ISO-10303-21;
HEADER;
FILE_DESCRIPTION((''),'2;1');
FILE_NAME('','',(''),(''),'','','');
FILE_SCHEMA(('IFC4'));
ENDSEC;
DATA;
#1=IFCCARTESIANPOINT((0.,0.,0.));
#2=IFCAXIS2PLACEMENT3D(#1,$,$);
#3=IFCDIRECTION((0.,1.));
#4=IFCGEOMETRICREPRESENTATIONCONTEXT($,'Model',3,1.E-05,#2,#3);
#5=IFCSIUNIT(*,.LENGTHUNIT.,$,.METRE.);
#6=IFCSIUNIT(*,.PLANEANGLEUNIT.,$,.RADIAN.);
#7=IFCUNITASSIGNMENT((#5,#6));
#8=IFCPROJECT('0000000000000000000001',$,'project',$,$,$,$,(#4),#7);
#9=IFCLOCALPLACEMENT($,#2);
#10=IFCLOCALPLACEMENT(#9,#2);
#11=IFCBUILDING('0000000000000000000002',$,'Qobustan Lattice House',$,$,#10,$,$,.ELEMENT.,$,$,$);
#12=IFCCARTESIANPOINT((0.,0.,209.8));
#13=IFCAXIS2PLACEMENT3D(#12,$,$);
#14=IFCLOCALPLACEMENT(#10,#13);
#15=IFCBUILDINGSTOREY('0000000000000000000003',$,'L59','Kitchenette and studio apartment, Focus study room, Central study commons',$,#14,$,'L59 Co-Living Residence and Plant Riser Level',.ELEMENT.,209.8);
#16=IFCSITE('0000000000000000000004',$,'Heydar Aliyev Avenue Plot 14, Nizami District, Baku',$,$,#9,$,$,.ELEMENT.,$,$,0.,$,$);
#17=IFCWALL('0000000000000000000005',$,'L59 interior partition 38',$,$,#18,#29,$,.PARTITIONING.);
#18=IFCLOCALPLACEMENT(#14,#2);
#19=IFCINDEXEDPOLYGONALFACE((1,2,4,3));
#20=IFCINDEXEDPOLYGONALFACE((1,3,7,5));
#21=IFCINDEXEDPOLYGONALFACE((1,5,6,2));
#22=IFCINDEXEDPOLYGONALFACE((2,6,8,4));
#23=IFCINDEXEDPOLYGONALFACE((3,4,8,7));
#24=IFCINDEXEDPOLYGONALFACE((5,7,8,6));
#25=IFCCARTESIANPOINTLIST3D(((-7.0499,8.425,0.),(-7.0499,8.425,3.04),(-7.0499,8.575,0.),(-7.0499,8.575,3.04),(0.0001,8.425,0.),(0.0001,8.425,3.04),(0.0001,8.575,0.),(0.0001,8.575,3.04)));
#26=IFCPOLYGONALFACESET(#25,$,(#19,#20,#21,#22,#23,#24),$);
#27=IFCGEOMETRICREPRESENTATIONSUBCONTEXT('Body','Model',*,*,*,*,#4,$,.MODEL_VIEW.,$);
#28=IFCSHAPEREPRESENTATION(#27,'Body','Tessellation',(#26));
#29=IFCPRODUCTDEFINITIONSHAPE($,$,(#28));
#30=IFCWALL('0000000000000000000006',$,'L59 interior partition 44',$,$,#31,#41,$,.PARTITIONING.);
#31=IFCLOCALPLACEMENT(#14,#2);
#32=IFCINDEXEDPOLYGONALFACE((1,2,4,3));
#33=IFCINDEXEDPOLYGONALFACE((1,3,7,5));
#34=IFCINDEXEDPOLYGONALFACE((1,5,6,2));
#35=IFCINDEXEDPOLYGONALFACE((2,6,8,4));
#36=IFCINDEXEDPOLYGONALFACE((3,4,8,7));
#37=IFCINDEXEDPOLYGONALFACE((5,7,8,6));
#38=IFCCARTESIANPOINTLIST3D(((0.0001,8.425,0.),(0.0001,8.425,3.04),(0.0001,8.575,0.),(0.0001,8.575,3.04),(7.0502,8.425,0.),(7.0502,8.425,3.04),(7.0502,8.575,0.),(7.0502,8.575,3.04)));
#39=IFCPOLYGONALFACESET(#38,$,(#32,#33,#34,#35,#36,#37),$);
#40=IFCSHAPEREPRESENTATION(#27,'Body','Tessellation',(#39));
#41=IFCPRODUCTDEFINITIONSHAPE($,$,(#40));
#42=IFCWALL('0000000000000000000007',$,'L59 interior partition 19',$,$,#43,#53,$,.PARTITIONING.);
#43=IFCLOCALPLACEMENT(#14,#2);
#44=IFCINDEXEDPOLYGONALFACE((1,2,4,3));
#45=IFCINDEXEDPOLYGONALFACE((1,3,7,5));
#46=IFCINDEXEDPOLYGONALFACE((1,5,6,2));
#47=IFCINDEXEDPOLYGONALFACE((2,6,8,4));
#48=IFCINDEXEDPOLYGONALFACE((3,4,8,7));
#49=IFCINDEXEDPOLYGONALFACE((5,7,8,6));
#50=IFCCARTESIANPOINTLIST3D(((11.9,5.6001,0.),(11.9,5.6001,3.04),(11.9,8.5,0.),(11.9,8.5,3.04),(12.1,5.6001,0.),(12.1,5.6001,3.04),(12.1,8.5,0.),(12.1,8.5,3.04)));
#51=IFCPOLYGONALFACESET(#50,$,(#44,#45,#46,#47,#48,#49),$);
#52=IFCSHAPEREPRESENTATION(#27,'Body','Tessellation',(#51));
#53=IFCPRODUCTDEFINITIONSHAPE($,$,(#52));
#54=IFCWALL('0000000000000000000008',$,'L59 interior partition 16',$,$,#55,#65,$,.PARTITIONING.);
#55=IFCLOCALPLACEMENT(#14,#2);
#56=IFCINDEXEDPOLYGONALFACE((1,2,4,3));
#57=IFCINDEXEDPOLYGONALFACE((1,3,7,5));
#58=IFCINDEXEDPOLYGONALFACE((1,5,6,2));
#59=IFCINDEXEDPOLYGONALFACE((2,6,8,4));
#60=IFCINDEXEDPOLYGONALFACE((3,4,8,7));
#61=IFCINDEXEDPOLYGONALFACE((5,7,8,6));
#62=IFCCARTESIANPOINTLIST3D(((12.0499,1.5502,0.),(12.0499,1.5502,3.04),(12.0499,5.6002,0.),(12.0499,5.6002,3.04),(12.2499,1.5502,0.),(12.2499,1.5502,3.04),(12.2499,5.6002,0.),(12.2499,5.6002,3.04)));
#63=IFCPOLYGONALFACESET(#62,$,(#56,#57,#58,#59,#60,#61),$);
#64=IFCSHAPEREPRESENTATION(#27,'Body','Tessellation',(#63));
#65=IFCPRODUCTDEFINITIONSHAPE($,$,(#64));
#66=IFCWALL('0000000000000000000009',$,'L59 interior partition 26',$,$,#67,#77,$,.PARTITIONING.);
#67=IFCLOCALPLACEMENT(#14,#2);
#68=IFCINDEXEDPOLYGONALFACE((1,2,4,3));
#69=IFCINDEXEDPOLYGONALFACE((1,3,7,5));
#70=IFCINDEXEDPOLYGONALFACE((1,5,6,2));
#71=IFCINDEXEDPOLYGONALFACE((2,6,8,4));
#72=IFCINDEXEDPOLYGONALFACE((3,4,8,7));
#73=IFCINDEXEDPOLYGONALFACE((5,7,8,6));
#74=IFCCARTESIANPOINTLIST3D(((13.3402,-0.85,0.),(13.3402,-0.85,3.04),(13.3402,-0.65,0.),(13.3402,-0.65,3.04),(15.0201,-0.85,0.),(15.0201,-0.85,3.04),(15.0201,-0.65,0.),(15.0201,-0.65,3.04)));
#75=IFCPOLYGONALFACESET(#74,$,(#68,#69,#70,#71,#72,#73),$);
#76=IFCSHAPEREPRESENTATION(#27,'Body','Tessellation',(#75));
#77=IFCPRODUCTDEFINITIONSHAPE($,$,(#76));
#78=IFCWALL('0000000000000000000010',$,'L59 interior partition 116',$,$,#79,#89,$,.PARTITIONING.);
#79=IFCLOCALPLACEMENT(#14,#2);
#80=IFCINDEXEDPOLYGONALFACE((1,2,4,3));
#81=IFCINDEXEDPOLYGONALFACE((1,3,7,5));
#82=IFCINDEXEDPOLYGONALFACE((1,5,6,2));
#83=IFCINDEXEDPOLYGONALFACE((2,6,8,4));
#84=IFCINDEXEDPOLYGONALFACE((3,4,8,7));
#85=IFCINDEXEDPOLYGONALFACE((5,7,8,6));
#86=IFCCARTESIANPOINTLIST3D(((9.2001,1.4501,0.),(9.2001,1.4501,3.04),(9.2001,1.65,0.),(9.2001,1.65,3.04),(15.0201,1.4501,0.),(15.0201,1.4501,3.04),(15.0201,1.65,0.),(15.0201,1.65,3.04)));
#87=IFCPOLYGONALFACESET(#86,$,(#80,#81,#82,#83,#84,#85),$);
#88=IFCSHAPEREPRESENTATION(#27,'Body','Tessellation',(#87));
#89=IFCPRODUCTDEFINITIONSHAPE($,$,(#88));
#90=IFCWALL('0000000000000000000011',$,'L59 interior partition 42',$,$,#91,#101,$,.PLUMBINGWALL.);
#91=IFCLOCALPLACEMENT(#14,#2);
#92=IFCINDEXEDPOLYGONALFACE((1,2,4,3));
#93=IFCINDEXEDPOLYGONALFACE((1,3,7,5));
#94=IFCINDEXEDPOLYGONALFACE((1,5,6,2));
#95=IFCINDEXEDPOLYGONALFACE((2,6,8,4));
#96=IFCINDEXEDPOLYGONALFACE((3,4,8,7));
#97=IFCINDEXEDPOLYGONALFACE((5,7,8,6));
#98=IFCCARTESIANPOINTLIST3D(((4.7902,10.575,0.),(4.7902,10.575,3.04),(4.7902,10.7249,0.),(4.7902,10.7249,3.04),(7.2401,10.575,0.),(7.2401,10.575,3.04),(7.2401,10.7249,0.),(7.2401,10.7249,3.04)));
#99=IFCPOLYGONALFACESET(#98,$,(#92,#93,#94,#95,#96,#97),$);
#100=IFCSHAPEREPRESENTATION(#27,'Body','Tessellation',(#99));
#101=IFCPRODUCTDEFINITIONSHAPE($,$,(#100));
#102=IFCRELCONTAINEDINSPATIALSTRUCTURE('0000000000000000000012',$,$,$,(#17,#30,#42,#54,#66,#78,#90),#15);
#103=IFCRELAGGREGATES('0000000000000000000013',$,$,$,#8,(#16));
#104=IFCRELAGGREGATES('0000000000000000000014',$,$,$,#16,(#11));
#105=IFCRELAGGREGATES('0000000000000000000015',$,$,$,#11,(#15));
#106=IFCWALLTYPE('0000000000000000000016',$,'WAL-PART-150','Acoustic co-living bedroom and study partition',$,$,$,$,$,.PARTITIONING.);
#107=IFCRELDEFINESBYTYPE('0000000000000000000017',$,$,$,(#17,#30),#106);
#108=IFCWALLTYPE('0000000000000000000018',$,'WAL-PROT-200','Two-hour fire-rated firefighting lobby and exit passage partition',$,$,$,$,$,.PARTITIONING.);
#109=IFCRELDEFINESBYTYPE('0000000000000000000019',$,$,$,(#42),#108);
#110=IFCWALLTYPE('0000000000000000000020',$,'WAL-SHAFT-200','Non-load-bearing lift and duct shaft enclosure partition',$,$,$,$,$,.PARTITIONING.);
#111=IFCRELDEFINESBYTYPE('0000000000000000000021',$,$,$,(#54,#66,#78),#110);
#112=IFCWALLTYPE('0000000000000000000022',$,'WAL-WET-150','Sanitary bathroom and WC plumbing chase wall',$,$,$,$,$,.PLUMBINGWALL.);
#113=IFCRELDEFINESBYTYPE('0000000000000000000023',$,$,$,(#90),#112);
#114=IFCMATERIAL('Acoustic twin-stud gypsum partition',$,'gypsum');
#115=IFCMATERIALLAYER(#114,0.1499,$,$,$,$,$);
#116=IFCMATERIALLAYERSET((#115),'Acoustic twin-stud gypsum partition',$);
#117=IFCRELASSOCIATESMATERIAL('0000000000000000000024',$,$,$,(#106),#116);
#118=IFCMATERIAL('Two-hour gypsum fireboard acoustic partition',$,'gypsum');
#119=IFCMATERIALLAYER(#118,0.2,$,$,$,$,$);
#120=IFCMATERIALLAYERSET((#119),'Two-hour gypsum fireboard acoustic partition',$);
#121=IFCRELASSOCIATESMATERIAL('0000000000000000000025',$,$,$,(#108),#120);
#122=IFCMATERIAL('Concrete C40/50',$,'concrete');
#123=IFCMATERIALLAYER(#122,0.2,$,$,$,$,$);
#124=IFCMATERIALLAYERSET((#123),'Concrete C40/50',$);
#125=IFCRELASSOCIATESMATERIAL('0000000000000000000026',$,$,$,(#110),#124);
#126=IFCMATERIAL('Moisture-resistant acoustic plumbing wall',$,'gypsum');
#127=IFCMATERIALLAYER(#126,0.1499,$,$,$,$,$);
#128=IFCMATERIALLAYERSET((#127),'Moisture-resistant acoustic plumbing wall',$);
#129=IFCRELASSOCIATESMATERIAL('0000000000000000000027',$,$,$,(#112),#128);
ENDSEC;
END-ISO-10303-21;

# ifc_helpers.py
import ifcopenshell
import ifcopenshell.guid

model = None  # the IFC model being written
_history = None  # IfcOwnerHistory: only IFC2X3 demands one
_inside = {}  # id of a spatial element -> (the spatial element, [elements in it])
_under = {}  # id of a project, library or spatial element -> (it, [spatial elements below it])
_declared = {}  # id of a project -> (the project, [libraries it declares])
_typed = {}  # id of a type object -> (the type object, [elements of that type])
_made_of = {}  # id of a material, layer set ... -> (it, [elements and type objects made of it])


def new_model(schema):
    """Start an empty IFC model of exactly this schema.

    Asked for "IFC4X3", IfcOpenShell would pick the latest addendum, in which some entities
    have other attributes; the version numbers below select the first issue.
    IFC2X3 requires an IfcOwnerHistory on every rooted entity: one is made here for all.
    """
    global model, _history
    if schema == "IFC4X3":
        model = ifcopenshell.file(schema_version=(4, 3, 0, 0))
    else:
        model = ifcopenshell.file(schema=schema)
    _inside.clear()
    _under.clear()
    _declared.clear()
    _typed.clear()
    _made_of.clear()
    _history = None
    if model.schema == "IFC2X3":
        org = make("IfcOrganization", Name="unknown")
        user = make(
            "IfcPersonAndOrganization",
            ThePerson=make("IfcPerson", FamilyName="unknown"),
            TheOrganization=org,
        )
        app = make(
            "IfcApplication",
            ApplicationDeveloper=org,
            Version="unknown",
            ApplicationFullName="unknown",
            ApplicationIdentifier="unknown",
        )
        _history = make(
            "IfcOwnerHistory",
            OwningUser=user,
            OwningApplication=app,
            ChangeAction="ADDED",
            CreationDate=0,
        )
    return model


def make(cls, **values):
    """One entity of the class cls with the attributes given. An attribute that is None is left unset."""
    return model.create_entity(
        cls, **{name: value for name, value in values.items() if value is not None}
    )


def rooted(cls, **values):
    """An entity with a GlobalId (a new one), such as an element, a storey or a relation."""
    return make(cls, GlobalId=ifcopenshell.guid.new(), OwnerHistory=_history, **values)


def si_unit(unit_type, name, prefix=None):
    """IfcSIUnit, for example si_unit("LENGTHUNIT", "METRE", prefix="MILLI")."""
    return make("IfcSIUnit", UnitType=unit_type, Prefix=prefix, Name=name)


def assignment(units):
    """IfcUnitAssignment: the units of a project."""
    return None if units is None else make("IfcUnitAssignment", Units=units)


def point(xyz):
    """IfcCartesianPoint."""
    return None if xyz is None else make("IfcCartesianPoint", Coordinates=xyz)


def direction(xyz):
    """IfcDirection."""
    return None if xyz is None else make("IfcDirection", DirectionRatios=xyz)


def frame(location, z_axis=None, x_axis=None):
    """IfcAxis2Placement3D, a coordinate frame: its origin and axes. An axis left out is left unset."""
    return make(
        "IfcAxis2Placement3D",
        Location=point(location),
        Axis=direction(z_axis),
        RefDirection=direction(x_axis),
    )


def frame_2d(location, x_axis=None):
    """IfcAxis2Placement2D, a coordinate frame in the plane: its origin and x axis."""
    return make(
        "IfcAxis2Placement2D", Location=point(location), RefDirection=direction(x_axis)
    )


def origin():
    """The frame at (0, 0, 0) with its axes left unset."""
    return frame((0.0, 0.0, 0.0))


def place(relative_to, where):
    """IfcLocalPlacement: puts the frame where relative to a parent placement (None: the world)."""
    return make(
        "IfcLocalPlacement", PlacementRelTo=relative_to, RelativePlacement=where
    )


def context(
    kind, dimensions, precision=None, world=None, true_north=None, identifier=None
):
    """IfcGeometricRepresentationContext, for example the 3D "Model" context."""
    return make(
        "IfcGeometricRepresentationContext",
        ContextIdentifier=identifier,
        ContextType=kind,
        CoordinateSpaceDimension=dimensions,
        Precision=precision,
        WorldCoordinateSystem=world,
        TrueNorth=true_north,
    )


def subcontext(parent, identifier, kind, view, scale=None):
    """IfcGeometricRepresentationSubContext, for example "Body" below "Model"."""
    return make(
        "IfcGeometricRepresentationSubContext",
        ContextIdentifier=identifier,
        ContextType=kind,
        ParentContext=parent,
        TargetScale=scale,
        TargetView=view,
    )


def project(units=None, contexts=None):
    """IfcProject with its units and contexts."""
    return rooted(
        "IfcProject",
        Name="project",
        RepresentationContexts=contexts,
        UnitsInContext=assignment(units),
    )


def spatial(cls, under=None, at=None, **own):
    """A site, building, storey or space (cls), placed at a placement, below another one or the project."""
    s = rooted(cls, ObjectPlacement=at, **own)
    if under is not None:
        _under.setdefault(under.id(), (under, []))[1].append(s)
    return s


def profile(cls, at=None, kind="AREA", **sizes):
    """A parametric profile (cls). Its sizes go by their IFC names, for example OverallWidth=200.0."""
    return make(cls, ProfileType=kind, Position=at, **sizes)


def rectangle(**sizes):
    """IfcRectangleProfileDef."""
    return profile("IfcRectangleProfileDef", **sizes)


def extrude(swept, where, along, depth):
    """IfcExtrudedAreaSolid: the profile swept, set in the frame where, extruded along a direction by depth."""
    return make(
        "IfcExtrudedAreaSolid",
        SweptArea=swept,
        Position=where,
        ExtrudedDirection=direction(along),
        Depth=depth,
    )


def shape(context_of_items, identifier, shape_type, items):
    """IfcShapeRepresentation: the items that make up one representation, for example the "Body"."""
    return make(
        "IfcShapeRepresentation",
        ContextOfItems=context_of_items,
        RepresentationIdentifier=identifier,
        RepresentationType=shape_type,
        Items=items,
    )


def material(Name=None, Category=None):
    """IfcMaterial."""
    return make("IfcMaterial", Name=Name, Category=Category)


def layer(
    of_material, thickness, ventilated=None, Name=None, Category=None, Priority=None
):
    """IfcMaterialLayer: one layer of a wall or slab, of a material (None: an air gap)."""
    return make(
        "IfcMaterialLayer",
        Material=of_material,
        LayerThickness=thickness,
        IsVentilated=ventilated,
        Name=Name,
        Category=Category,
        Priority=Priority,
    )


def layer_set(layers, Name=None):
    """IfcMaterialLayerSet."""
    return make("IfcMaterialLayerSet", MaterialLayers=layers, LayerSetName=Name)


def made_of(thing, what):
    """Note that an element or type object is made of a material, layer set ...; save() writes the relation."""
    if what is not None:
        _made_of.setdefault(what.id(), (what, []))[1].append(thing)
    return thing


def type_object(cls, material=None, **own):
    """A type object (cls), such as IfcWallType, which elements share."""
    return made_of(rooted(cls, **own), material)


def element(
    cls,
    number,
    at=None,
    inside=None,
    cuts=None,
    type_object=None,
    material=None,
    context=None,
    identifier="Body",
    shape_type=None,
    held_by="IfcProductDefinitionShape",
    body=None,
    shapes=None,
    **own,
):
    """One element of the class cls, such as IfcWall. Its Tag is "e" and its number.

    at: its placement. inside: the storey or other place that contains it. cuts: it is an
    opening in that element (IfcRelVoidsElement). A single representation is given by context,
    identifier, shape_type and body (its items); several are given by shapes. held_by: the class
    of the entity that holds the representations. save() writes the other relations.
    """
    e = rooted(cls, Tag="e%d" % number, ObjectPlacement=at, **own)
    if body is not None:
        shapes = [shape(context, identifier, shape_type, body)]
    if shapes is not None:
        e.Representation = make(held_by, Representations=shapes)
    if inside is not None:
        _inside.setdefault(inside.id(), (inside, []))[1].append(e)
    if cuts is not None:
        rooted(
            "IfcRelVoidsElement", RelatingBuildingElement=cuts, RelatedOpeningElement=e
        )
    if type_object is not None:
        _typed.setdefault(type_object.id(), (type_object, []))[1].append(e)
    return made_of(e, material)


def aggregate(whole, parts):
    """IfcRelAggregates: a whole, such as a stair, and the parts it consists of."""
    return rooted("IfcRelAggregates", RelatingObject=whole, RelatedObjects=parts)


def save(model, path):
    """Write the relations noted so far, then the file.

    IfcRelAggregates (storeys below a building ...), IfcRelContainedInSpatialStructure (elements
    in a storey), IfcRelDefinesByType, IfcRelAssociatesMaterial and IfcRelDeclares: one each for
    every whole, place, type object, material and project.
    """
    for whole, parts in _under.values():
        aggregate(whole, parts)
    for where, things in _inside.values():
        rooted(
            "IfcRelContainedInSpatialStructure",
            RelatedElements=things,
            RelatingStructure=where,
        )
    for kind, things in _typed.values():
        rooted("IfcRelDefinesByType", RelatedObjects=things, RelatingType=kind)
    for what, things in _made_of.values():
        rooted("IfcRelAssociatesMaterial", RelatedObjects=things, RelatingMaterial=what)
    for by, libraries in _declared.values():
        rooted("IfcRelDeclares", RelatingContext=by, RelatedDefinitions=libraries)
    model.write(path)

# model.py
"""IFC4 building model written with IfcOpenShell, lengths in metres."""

from ifc_helpers import new_model, si_unit, direction, frame, frame_2d, origin, place, context, subcontext, project, spatial, rectangle, extrude, material, layer, layer_set, type_object, element, save


model = new_model("IFC4")

# Units and contexts
model_context = context("Model", 3, precision=1e-05, world=origin(), true_north=direction((0.0, 1.0)))
body_context = subcontext(model_context, "Body", "Model", "MODEL_VIEW")
ifc_project = project(units=[si_unit("LENGTHUNIT", "METRE"), si_unit("PLANEANGLEUNIT", "RADIAN")], contexts=[model_context])

# Site, building, storey
site_placement = place(None, origin())
site = spatial("IfcSite", under=ifc_project, at=site_placement, Name="Heydar Aliyev Avenue Plot 14, Nizami District, Baku", CompositionType="ELEMENT", RefElevation=0.0)
building_placement = place(site_placement, origin())
building = spatial("IfcBuilding", under=site, at=building_placement, Name="Qobustan Lattice House", CompositionType="ELEMENT")
storey_placement = place(building_placement, frame((0.0, 0.0, 209.8)))
storey = spatial("IfcBuildingStorey", under=building, at=storey_placement, Name="L59", Description="Kitchenette and studio apartment, Focus study room, Central study commons", LongName="L59 Co-Living Residence and Plant Riser Level", CompositionType="ELEMENT", Elevation=209.8)

# Walls
ifc_material_1 = material(Name="Acoustic twin-stud gypsum partition", Category="gypsum")
ifc_layer_1 = layer(ifc_material_1, 0.1499)
ifc_layer_set_1 = layer_set([ifc_layer_1], Name="Acoustic twin-stud gypsum partition")
wall_type_1 = type_object("IfcWallType", Name="WAL-PART-150", Description="Acoustic co-living bedroom and study partition", PredefinedType="PARTITIONING", material=ifc_layer_set_1)
for number, where, z_axis, x_axis, name in (
    (1, (0.0, 8.5, 0.0), (0.0, 0.0, 1.0), (-1.0, 0.0, 0.0), "L59 interior partition 38"),
    (2, (7.05, 8.5, 0.0), (0.0, 0.0, 1.0), (-1.0, 0.0, 0.0), "L59 interior partition 44"),
):
    element("IfcWall", number, at=place(storey_placement, frame(where, z_axis=z_axis, x_axis=x_axis)), inside=storey, type_object=wall_type_1, Name=name, PredefinedType="PARTITIONING", context=body_context, shape_type="SweptSolid", body=[
        extrude(rectangle(XDim=7.05, YDim=0.1499, at=frame_2d((3.5249, 0.0))), origin(), (0.0, 0.0, 1.0), 3.04),
    ])
ifc_material_2 = material(Name="Two-hour gypsum fireboard acoustic partition", Category="gypsum")
ifc_layer_2 = layer(ifc_material_2, 0.2)
ifc_layer_set_2 = layer_set([ifc_layer_2], Name="Two-hour gypsum fireboard acoustic partition")
wall_type_2 = type_object("IfcWallType", Name="WAL-PROT-200", Description="Two-hour fire-rated firefighting lobby and exit passage partition", PredefinedType="PARTITIONING", material=ifc_layer_set_2)
wall_1_placement = place(storey_placement, frame((12.0, 8.5, 0.0), z_axis=(0.0, 0.0, 1.0), x_axis=(0.0, -1.0, 0.0)))
element("IfcWall", 3, at=wall_1_placement, inside=storey, type_object=wall_type_2, Name="L59 interior partition 19", PredefinedType="PARTITIONING", context=body_context, shape_type="SweptSolid", body=[
    extrude(rectangle(XDim=2.8999, YDim=0.2, at=frame_2d((1.45, 0.0))), origin(), (0.0, 0.0, 1.0), 3.04),
])
ifc_material_3 = material(Name="Concrete C40/50", Category="concrete")
ifc_layer_3 = layer(ifc_material_3, 0.2)
ifc_layer_set_3 = layer_set([ifc_layer_3], Name="Concrete C40/50")
wall_type_3 = type_object("IfcWallType", Name="WAL-SHAFT-200", Description="Non-load-bearing lift and duct shaft enclosure partition", PredefinedType="PARTITIONING", material=ifc_layer_set_3)
wall_2_placement = place(storey_placement, frame((12.1499, 5.6001, 0.0), z_axis=(0.0, 0.0, 1.0), x_axis=(0.0, -1.0, 0.0)))
element("IfcWall", 4, at=wall_2_placement, inside=storey, type_object=wall_type_3, Name="L59 interior partition 16", PredefinedType="PARTITIONING", context=body_context, shape_type="SweptSolid", body=[
    extrude(rectangle(XDim=4.05, YDim=0.2, at=frame_2d((2.0249, 0.0))), origin(), (0.0, 0.0, 1.0), 3.04),
])
wall_3_placement = place(storey_placement, frame((15.02, -0.75, 0.0), z_axis=(0.0, 0.0, 1.0), x_axis=(-1.0, 0.0, 0.0)))
element("IfcWall", 5, at=wall_3_placement, inside=storey, type_object=wall_type_3, Name="L59 interior partition 26", PredefinedType="PARTITIONING", context=body_context, shape_type="SweptSolid", body=[
    extrude(rectangle(XDim=1.6799, YDim=0.2, at=frame_2d((0.8398, 0.0))), origin(), (0.0, 0.0, 1.0), 3.04),
])
wall_4_placement = place(storey_placement, frame((9.2, 1.55, 0.0), z_axis=(0.0, 0.0, 1.0), x_axis=(1.0, 0.0, 0.0)))
element("IfcWall", 6, at=wall_4_placement, inside=storey, type_object=wall_type_3, Name="L59 interior partition 116", PredefinedType="PARTITIONING", context=body_context, shape_type="SweptSolid", body=[
    extrude(rectangle(XDim=5.8201, YDim=0.2, at=frame_2d((2.9102, 0.0))), origin(), (0.0, 0.0, 1.0), 3.04),
])
ifc_material_4 = material(Name="Moisture-resistant acoustic plumbing wall", Category="gypsum")
ifc_layer_4 = layer(ifc_material_4, 0.1499)
ifc_layer_set_4 = layer_set([ifc_layer_4], Name="Moisture-resistant acoustic plumbing wall")
wall_type_4 = type_object("IfcWallType", Name="WAL-WET-150", Description="Sanitary bathroom and WC plumbing chase wall", PredefinedType="PLUMBINGWALL", material=ifc_layer_set_4)
wall_5_placement = place(storey_placement, frame((4.79, 10.6499, 0.0), z_axis=(0.0, 0.0, 1.0), x_axis=(1.0, 0.0, 0.0)))
element("IfcWall", 7, at=wall_5_placement, inside=storey, type_object=wall_type_4, Name="L59 interior partition 42", PredefinedType="PLUMBINGWALL", context=body_context, shape_type="SweptSolid", body=[
    extrude(rectangle(XDim=2.45, YDim=0.1499, at=frame_2d((1.2251, 0.0))), origin(), (0.0, 0.0, 1.0), 3.04),
])

save(model, "model.ifc")
